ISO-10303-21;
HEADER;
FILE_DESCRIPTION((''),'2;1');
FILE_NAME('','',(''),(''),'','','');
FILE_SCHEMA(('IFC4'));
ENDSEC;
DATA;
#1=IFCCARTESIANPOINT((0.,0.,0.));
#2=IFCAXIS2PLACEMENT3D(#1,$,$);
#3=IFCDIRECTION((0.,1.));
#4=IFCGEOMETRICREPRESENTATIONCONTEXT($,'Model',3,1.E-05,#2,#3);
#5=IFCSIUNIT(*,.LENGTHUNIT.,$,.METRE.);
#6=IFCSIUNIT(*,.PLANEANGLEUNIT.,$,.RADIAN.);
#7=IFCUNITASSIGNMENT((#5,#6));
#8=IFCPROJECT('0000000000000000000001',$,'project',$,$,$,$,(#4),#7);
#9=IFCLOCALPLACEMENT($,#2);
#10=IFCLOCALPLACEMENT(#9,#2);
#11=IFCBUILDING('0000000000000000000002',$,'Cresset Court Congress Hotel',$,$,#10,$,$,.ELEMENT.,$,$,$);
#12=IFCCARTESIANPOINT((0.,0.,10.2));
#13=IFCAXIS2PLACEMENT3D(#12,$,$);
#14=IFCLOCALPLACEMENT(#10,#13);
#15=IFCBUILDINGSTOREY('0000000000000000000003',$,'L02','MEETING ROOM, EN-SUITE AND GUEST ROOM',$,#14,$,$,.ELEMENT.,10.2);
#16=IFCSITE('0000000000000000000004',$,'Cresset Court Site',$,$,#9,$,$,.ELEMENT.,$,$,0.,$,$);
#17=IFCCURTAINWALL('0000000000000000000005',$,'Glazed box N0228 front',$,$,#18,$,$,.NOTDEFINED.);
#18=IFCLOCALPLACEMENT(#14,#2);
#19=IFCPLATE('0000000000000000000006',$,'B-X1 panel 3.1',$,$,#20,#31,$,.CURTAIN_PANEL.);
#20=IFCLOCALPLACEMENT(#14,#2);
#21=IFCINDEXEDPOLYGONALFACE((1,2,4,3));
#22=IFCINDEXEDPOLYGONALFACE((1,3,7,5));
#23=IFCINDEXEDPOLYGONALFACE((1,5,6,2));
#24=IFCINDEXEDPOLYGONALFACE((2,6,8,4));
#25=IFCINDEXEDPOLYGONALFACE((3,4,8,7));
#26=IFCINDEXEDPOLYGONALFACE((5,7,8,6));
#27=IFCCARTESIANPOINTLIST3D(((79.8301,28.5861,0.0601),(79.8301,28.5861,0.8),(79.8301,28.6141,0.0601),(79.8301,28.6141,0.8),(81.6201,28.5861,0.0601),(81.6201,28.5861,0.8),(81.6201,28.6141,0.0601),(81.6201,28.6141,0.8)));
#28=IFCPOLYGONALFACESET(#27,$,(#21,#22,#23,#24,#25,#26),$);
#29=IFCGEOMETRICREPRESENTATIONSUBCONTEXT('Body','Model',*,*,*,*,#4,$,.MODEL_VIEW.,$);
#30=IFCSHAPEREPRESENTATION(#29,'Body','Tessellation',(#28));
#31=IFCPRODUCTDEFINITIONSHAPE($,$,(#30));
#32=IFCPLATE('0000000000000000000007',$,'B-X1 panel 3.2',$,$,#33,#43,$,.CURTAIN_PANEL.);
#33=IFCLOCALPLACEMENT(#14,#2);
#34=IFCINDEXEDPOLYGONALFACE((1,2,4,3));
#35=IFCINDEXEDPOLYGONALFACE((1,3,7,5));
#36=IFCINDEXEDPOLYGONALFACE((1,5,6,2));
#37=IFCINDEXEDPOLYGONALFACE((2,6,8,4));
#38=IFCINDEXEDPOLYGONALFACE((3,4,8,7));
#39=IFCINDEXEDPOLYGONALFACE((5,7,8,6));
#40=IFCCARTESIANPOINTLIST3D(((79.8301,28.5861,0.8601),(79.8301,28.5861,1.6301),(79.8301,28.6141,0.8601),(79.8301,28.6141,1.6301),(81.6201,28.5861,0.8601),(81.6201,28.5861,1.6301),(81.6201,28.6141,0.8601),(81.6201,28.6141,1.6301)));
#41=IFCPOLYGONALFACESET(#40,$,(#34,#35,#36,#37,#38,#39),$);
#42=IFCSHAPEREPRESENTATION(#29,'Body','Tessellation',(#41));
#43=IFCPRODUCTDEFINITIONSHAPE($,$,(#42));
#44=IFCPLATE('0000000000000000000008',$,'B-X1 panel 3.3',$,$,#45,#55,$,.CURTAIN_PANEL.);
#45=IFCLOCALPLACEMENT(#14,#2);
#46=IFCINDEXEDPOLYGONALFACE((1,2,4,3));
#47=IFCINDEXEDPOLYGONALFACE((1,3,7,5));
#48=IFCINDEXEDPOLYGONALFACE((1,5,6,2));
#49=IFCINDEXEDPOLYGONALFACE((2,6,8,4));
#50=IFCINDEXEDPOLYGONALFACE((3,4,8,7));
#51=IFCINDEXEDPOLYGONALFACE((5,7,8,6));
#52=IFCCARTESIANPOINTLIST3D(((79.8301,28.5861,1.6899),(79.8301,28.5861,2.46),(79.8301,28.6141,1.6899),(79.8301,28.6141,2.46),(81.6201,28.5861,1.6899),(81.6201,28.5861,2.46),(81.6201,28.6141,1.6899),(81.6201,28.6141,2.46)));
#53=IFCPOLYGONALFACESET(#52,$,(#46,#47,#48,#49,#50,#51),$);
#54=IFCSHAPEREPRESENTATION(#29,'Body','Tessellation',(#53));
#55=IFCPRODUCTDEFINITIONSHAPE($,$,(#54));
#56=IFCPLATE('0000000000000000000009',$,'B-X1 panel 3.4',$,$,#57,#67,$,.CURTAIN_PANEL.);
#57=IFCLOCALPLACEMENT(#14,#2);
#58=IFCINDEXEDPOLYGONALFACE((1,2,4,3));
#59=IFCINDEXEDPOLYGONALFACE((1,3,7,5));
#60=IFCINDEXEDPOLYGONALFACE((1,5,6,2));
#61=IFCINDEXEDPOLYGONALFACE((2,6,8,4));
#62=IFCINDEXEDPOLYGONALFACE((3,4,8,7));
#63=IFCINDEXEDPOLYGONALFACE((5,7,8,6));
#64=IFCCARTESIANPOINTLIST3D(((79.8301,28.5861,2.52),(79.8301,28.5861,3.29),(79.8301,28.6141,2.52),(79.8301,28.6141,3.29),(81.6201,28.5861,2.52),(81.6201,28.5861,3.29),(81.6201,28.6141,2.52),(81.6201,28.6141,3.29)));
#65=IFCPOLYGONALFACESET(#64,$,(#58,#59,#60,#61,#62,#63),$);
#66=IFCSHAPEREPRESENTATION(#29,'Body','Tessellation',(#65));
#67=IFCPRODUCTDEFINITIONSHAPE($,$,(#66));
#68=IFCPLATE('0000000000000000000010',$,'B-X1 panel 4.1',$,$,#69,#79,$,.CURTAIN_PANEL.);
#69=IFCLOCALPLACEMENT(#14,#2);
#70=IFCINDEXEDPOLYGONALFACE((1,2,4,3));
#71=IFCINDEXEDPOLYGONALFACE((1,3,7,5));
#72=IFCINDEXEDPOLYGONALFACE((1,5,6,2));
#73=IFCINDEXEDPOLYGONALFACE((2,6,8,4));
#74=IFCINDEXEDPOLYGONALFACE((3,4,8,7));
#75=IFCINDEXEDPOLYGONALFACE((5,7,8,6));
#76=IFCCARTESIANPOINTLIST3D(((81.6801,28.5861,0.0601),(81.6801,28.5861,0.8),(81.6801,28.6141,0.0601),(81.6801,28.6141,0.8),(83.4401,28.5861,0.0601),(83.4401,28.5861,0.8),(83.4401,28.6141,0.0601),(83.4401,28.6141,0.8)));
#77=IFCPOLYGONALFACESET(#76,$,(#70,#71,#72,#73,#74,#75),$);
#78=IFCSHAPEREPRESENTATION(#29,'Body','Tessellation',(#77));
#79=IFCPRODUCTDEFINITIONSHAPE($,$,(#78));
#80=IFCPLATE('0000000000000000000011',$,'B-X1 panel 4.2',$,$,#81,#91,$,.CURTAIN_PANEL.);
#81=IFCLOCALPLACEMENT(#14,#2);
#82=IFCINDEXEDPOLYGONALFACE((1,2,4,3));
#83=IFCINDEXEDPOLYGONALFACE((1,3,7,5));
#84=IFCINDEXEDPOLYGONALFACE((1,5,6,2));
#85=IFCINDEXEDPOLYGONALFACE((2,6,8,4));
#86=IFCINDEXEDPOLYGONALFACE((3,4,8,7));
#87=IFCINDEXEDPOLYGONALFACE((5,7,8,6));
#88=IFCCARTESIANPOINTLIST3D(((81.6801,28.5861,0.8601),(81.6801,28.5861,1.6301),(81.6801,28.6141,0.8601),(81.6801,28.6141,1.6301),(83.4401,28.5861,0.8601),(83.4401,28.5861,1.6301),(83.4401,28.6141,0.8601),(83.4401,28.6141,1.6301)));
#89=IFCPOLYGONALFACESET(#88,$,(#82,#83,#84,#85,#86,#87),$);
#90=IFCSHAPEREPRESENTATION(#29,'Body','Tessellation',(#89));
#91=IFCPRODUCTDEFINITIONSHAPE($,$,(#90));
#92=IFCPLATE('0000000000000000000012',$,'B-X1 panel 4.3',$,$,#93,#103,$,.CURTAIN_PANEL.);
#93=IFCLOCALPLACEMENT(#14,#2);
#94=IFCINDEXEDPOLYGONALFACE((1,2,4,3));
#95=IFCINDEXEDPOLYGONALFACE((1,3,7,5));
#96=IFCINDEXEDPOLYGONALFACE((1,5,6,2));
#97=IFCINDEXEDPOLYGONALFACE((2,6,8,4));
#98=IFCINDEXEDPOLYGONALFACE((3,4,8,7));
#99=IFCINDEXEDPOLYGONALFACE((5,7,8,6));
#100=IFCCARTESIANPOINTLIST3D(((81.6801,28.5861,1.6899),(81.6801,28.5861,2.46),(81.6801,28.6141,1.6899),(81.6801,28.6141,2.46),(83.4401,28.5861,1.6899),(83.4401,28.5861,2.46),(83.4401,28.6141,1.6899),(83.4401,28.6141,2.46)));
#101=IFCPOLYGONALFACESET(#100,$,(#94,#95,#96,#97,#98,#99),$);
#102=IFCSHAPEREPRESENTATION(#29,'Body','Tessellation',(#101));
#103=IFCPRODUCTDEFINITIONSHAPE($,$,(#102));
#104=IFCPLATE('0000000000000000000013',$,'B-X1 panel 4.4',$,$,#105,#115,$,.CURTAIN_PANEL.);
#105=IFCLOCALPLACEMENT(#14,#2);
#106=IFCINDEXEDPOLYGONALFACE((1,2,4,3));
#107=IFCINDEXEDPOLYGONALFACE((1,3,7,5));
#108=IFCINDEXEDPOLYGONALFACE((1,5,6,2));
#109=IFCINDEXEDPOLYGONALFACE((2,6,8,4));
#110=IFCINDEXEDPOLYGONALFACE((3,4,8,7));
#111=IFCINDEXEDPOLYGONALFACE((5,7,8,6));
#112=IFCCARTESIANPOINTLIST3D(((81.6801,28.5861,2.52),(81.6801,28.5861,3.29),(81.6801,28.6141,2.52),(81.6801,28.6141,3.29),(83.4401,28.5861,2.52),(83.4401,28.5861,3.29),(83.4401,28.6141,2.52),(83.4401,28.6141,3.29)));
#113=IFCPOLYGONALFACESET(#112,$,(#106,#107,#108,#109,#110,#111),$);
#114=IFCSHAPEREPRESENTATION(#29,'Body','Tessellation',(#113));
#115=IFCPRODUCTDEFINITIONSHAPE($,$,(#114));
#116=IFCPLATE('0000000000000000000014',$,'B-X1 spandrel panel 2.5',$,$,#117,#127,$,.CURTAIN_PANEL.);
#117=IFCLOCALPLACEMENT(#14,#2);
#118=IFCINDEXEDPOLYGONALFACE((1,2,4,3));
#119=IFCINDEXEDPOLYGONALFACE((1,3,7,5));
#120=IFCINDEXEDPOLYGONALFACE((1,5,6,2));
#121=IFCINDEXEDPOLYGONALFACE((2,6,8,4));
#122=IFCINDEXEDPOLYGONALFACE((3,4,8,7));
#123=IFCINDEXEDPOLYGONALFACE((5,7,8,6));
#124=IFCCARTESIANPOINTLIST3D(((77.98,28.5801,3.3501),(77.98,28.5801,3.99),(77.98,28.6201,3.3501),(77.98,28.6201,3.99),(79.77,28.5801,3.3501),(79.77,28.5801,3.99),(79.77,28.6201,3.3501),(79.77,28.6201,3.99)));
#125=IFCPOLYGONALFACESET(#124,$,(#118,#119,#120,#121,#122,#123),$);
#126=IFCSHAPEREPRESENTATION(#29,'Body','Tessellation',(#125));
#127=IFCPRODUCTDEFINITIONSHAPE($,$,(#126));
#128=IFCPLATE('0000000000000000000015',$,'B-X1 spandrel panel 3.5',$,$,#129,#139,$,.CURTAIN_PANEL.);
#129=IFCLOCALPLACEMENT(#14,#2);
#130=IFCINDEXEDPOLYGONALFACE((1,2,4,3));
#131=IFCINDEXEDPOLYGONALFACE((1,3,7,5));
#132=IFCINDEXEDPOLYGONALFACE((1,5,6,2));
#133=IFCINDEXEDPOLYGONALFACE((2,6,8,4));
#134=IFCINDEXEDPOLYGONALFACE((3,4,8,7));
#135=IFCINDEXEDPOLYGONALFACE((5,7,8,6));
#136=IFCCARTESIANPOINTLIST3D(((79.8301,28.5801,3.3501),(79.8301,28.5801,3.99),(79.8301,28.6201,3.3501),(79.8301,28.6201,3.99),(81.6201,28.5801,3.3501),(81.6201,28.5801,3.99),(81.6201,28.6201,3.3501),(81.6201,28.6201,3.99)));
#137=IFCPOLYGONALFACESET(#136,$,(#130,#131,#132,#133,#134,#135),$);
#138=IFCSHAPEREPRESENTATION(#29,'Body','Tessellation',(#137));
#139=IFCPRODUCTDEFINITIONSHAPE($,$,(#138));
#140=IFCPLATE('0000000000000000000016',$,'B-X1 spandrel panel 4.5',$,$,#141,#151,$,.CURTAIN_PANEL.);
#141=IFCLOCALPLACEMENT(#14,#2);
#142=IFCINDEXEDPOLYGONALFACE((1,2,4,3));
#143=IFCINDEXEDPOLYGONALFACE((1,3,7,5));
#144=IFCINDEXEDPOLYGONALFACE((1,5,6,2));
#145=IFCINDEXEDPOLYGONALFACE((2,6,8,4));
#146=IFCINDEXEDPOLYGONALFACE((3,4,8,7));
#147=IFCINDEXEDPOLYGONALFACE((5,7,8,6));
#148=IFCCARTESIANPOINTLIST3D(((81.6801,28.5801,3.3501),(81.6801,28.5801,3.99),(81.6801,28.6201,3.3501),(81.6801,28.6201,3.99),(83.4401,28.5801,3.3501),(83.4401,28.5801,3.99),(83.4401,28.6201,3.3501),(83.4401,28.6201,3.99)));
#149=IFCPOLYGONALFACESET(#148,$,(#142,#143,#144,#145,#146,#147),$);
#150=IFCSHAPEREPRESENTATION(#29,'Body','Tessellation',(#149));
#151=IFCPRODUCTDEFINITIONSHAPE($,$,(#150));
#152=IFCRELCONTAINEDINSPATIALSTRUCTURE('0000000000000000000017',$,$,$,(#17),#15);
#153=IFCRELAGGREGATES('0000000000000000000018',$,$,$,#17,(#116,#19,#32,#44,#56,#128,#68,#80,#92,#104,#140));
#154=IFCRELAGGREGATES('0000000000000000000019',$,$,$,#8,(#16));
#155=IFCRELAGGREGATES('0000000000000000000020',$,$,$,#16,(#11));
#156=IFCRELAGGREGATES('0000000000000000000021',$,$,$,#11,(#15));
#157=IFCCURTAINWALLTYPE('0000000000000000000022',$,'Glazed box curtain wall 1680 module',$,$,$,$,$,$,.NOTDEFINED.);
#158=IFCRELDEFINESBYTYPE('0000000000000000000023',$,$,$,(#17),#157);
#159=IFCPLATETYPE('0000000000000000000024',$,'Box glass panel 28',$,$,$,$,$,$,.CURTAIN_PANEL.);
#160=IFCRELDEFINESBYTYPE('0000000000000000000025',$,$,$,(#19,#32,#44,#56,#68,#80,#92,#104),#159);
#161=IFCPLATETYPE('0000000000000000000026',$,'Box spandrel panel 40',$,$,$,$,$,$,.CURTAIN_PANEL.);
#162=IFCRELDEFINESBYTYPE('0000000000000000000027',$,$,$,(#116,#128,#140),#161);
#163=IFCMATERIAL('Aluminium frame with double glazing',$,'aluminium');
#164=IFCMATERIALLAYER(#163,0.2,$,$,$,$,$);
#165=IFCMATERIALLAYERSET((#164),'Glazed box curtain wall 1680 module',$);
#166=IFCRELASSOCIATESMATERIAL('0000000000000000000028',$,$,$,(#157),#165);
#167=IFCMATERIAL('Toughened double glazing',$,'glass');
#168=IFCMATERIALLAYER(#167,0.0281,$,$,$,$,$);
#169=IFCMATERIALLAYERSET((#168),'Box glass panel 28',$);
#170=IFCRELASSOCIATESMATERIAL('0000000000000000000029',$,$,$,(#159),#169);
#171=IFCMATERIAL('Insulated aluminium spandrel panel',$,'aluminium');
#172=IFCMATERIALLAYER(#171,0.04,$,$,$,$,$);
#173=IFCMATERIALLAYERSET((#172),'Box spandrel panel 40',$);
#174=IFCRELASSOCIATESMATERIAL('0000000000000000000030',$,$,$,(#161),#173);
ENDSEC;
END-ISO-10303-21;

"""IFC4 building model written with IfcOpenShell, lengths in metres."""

from ifc_helpers import new_model, si_unit, direction, frame, origin, origin_2d, place, context, subcontext, project, spatial, rectangle, extrude, material, layer, layer_set, type_object, element, aggregate, save


model = new_model("IFC4")

# Units and contexts
model_context = context("Model", 3, precision=1e-05, world=origin(), true_north=direction((0.0, 1.0)))
body_context = subcontext(model_context, "Body", "Model", "MODEL_VIEW")
ifc_project = project(units=[si_unit("LENGTHUNIT", "METRE"), si_unit("PLANEANGLEUNIT", "RADIAN")], contexts=[model_context])

# Site, building, storey
site_placement = place(None, origin())
site = spatial("IfcSite", under=ifc_project, at=site_placement, Name="Cresset Court Site", CompositionType="ELEMENT", RefElevation=0.0)
building_placement = place(site_placement, origin())
building = spatial("IfcBuilding", under=site, at=building_placement, Name="Cresset Court Congress Hotel", CompositionType="ELEMENT")
storey_placement = place(building_placement, frame((0.0, 0.0, 10.2)))
storey = spatial("IfcBuildingStorey", under=building, at=storey_placement, Name="L02", Description="MEETING ROOM, EN-SUITE AND GUEST ROOM", CompositionType="ELEMENT", Elevation=10.2)

# Curtain wall, plates
ifc_material_1 = material(Name="Aluminium frame with double glazing", Category="aluminium")
ifc_layer_1 = layer(ifc_material_1, 0.2)
ifc_layer_set_1 = layer_set([ifc_layer_1], Name="Glazed box curtain wall 1680 module")
curtain_wall_type = type_object("IfcCurtainWallType", Name="Glazed box curtain wall 1680 module", PredefinedType="NOTDEFINED", material=ifc_layer_set_1)
curtain_wall_placement = place(storey_placement, origin())
curtain_wall = element("IfcCurtainWall", 1, at=curtain_wall_placement, inside=storey, type_object=curtain_wall_type, Name="Glazed box N0228 front", PredefinedType="NOTDEFINED")
ifc_material_2 = material(Name="Toughened double glazing", Category="glass")
ifc_layer_2 = layer(ifc_material_2, 0.0281)
ifc_layer_set_2 = layer_set([ifc_layer_2], Name="Box glass panel 28")
plate_type_1 = type_object("IfcPlateType", Name="Box glass panel 28", PredefinedType="CURTAIN_PANEL", material=ifc_layer_set_2)
plate_1_placement = place(storey_placement, frame((80.7251, 28.6001, 0.0601), z_axis=(0.0, 0.0, 1.0), x_axis=(1.0, 0.0, 0.0)))
plate_1 = element("IfcPlate", 2, at=plate_1_placement, type_object=plate_type_1, Name="B-X1 panel 3.1", PredefinedType="CURTAIN_PANEL", context=body_context, shape_type="SweptSolid", body=[
    extrude(rectangle(XDim=1.79, YDim=0.0281, at=origin_2d()), origin(), (0.0, 0.0, 1.0), 0.74),
])
plate_2_placement = place(storey_placement, frame((80.7251, 28.6001, 0.8601), z_axis=(0.0, 0.0, 1.0), x_axis=(1.0, 0.0, 0.0)))
plate_2 = element("IfcPlate", 3, at=plate_2_placement, type_object=plate_type_1, Name="B-X1 panel 3.2", PredefinedType="CURTAIN_PANEL", context=body_context, shape_type="SweptSolid", body=[
    extrude(rectangle(XDim=1.79, YDim=0.0281, at=origin_2d()), origin(), (0.0, 0.0, 1.0), 0.77),
])
plate_3_placement = place(storey_placement, frame((80.7251, 28.6001, 1.6899), z_axis=(0.0, 0.0, 1.0), x_axis=(1.0, 0.0, 0.0)))
plate_3 = element("IfcPlate", 4, at=plate_3_placement, type_object=plate_type_1, Name="B-X1 panel 3.3", PredefinedType="CURTAIN_PANEL", context=body_context, shape_type="SweptSolid", body=[
    extrude(rectangle(XDim=1.79, YDim=0.0281, at=origin_2d()), origin(), (0.0, 0.0, 1.0), 0.77),
])
plate_4_placement = place(storey_placement, frame((80.7251, 28.6001, 2.52), z_axis=(0.0, 0.0, 1.0), x_axis=(1.0, 0.0, 0.0)))
plate_4 = element("IfcPlate", 5, at=plate_4_placement, type_object=plate_type_1, Name="B-X1 panel 3.4", PredefinedType="CURTAIN_PANEL", context=body_context, shape_type="SweptSolid", body=[
    extrude(rectangle(XDim=1.79, YDim=0.0281, at=origin_2d()), origin(), (0.0, 0.0, 1.0), 0.77),
])
plate_5_placement = place(storey_placement, frame((82.5601, 28.6001, 0.0601), z_axis=(0.0, 0.0, 1.0), x_axis=(1.0, 0.0, 0.0)))
plate_5 = element("IfcPlate", 6, at=plate_5_placement, type_object=plate_type_1, Name="B-X1 panel 4.1", PredefinedType="CURTAIN_PANEL", context=body_context, shape_type="SweptSolid", body=[
    extrude(rectangle(XDim=1.76, YDim=0.0281, at=origin_2d()), origin(), (0.0, 0.0, 1.0), 0.74),
])
plate_6_placement = place(storey_placement, frame((82.5601, 28.6001, 0.8601), z_axis=(0.0, 0.0, 1.0), x_axis=(1.0, 0.0, 0.0)))
plate_6 = element("IfcPlate", 7, at=plate_6_placement, type_object=plate_type_1, Name="B-X1 panel 4.2", PredefinedType="CURTAIN_PANEL", context=body_context, shape_type="SweptSolid", body=[
    extrude(rectangle(XDim=1.76, YDim=0.0281, at=origin_2d()), origin(), (0.0, 0.0, 1.0), 0.77),
])
plate_7_placement = place(storey_placement, frame((82.5601, 28.6001, 1.6899), z_axis=(0.0, 0.0, 1.0), x_axis=(1.0, 0.0, 0.0)))
plate_7 = element("IfcPlate", 8, at=plate_7_placement, type_object=plate_type_1, Name="B-X1 panel 4.3", PredefinedType="CURTAIN_PANEL", context=body_context, shape_type="SweptSolid", body=[
    extrude(rectangle(XDim=1.76, YDim=0.0281, at=origin_2d()), origin(), (0.0, 0.0, 1.0), 0.77),
])
plate_8_placement = place(storey_placement, frame((82.5601, 28.6001, 2.52), z_axis=(0.0, 0.0, 1.0), x_axis=(1.0, 0.0, 0.0)))
plate_8 = element("IfcPlate", 9, at=plate_8_placement, type_object=plate_type_1, Name="B-X1 panel 4.4", PredefinedType="CURTAIN_PANEL", context=body_context, shape_type="SweptSolid", body=[
    extrude(rectangle(XDim=1.76, YDim=0.0281, at=origin_2d()), origin(), (0.0, 0.0, 1.0), 0.77),
])
ifc_material_3 = material(Name="Insulated aluminium spandrel panel", Category="aluminium")
ifc_layer_3 = layer(ifc_material_3, 0.04)
ifc_layer_set_3 = layer_set([ifc_layer_3], Name="Box spandrel panel 40")
plate_type_2 = type_object("IfcPlateType", Name="Box spandrel panel 40", PredefinedType="CURTAIN_PANEL", material=ifc_layer_set_3)
plate_9_placement = place(storey_placement, frame((78.875, 28.6001, 3.3501), z_axis=(0.0, 0.0, 1.0), x_axis=(1.0, 0.0, 0.0)))
plate_9 = element("IfcPlate", 10, at=plate_9_placement, type_object=plate_type_2, Name="B-X1 spandrel panel 2.5", PredefinedType="CURTAIN_PANEL", context=body_context, shape_type="SweptSolid", body=[
    extrude(rectangle(XDim=1.79, YDim=0.04, at=origin_2d()), origin(), (0.0, 0.0, 1.0), 0.6399),
])
plate_10_placement = place(storey_placement, frame((80.7251, 28.6001, 3.3501), z_axis=(0.0, 0.0, 1.0), x_axis=(1.0, 0.0, 0.0)))
plate_10 = element("IfcPlate", 11, at=plate_10_placement, type_object=plate_type_2, Name="B-X1 spandrel panel 3.5", PredefinedType="CURTAIN_PANEL", context=body_context, shape_type="SweptSolid", body=[
    extrude(rectangle(XDim=1.79, YDim=0.04, at=origin_2d()), origin(), (0.0, 0.0, 1.0), 0.6399),
])
plate_11_placement = place(storey_placement, frame((82.5601, 28.6001, 3.3501), z_axis=(0.0, 0.0, 1.0), x_axis=(1.0, 0.0, 0.0)))
plate_11 = element("IfcPlate", 12, at=plate_11_placement, type_object=plate_type_2, Name="B-X1 spandrel panel 4.5", PredefinedType="CURTAIN_PANEL", context=body_context, shape_type="SweptSolid", body=[
    extrude(rectangle(XDim=1.76, YDim=0.04, at=origin_2d()), origin(), (0.0, 0.0, 1.0), 0.6399),
])
aggregate(curtain_wall, [plate_9, plate_1, plate_2, plate_3, plate_4, plate_10, plate_5, plate_6, plate_7, plate_8, plate_11])

save(model, "model.ifc")
